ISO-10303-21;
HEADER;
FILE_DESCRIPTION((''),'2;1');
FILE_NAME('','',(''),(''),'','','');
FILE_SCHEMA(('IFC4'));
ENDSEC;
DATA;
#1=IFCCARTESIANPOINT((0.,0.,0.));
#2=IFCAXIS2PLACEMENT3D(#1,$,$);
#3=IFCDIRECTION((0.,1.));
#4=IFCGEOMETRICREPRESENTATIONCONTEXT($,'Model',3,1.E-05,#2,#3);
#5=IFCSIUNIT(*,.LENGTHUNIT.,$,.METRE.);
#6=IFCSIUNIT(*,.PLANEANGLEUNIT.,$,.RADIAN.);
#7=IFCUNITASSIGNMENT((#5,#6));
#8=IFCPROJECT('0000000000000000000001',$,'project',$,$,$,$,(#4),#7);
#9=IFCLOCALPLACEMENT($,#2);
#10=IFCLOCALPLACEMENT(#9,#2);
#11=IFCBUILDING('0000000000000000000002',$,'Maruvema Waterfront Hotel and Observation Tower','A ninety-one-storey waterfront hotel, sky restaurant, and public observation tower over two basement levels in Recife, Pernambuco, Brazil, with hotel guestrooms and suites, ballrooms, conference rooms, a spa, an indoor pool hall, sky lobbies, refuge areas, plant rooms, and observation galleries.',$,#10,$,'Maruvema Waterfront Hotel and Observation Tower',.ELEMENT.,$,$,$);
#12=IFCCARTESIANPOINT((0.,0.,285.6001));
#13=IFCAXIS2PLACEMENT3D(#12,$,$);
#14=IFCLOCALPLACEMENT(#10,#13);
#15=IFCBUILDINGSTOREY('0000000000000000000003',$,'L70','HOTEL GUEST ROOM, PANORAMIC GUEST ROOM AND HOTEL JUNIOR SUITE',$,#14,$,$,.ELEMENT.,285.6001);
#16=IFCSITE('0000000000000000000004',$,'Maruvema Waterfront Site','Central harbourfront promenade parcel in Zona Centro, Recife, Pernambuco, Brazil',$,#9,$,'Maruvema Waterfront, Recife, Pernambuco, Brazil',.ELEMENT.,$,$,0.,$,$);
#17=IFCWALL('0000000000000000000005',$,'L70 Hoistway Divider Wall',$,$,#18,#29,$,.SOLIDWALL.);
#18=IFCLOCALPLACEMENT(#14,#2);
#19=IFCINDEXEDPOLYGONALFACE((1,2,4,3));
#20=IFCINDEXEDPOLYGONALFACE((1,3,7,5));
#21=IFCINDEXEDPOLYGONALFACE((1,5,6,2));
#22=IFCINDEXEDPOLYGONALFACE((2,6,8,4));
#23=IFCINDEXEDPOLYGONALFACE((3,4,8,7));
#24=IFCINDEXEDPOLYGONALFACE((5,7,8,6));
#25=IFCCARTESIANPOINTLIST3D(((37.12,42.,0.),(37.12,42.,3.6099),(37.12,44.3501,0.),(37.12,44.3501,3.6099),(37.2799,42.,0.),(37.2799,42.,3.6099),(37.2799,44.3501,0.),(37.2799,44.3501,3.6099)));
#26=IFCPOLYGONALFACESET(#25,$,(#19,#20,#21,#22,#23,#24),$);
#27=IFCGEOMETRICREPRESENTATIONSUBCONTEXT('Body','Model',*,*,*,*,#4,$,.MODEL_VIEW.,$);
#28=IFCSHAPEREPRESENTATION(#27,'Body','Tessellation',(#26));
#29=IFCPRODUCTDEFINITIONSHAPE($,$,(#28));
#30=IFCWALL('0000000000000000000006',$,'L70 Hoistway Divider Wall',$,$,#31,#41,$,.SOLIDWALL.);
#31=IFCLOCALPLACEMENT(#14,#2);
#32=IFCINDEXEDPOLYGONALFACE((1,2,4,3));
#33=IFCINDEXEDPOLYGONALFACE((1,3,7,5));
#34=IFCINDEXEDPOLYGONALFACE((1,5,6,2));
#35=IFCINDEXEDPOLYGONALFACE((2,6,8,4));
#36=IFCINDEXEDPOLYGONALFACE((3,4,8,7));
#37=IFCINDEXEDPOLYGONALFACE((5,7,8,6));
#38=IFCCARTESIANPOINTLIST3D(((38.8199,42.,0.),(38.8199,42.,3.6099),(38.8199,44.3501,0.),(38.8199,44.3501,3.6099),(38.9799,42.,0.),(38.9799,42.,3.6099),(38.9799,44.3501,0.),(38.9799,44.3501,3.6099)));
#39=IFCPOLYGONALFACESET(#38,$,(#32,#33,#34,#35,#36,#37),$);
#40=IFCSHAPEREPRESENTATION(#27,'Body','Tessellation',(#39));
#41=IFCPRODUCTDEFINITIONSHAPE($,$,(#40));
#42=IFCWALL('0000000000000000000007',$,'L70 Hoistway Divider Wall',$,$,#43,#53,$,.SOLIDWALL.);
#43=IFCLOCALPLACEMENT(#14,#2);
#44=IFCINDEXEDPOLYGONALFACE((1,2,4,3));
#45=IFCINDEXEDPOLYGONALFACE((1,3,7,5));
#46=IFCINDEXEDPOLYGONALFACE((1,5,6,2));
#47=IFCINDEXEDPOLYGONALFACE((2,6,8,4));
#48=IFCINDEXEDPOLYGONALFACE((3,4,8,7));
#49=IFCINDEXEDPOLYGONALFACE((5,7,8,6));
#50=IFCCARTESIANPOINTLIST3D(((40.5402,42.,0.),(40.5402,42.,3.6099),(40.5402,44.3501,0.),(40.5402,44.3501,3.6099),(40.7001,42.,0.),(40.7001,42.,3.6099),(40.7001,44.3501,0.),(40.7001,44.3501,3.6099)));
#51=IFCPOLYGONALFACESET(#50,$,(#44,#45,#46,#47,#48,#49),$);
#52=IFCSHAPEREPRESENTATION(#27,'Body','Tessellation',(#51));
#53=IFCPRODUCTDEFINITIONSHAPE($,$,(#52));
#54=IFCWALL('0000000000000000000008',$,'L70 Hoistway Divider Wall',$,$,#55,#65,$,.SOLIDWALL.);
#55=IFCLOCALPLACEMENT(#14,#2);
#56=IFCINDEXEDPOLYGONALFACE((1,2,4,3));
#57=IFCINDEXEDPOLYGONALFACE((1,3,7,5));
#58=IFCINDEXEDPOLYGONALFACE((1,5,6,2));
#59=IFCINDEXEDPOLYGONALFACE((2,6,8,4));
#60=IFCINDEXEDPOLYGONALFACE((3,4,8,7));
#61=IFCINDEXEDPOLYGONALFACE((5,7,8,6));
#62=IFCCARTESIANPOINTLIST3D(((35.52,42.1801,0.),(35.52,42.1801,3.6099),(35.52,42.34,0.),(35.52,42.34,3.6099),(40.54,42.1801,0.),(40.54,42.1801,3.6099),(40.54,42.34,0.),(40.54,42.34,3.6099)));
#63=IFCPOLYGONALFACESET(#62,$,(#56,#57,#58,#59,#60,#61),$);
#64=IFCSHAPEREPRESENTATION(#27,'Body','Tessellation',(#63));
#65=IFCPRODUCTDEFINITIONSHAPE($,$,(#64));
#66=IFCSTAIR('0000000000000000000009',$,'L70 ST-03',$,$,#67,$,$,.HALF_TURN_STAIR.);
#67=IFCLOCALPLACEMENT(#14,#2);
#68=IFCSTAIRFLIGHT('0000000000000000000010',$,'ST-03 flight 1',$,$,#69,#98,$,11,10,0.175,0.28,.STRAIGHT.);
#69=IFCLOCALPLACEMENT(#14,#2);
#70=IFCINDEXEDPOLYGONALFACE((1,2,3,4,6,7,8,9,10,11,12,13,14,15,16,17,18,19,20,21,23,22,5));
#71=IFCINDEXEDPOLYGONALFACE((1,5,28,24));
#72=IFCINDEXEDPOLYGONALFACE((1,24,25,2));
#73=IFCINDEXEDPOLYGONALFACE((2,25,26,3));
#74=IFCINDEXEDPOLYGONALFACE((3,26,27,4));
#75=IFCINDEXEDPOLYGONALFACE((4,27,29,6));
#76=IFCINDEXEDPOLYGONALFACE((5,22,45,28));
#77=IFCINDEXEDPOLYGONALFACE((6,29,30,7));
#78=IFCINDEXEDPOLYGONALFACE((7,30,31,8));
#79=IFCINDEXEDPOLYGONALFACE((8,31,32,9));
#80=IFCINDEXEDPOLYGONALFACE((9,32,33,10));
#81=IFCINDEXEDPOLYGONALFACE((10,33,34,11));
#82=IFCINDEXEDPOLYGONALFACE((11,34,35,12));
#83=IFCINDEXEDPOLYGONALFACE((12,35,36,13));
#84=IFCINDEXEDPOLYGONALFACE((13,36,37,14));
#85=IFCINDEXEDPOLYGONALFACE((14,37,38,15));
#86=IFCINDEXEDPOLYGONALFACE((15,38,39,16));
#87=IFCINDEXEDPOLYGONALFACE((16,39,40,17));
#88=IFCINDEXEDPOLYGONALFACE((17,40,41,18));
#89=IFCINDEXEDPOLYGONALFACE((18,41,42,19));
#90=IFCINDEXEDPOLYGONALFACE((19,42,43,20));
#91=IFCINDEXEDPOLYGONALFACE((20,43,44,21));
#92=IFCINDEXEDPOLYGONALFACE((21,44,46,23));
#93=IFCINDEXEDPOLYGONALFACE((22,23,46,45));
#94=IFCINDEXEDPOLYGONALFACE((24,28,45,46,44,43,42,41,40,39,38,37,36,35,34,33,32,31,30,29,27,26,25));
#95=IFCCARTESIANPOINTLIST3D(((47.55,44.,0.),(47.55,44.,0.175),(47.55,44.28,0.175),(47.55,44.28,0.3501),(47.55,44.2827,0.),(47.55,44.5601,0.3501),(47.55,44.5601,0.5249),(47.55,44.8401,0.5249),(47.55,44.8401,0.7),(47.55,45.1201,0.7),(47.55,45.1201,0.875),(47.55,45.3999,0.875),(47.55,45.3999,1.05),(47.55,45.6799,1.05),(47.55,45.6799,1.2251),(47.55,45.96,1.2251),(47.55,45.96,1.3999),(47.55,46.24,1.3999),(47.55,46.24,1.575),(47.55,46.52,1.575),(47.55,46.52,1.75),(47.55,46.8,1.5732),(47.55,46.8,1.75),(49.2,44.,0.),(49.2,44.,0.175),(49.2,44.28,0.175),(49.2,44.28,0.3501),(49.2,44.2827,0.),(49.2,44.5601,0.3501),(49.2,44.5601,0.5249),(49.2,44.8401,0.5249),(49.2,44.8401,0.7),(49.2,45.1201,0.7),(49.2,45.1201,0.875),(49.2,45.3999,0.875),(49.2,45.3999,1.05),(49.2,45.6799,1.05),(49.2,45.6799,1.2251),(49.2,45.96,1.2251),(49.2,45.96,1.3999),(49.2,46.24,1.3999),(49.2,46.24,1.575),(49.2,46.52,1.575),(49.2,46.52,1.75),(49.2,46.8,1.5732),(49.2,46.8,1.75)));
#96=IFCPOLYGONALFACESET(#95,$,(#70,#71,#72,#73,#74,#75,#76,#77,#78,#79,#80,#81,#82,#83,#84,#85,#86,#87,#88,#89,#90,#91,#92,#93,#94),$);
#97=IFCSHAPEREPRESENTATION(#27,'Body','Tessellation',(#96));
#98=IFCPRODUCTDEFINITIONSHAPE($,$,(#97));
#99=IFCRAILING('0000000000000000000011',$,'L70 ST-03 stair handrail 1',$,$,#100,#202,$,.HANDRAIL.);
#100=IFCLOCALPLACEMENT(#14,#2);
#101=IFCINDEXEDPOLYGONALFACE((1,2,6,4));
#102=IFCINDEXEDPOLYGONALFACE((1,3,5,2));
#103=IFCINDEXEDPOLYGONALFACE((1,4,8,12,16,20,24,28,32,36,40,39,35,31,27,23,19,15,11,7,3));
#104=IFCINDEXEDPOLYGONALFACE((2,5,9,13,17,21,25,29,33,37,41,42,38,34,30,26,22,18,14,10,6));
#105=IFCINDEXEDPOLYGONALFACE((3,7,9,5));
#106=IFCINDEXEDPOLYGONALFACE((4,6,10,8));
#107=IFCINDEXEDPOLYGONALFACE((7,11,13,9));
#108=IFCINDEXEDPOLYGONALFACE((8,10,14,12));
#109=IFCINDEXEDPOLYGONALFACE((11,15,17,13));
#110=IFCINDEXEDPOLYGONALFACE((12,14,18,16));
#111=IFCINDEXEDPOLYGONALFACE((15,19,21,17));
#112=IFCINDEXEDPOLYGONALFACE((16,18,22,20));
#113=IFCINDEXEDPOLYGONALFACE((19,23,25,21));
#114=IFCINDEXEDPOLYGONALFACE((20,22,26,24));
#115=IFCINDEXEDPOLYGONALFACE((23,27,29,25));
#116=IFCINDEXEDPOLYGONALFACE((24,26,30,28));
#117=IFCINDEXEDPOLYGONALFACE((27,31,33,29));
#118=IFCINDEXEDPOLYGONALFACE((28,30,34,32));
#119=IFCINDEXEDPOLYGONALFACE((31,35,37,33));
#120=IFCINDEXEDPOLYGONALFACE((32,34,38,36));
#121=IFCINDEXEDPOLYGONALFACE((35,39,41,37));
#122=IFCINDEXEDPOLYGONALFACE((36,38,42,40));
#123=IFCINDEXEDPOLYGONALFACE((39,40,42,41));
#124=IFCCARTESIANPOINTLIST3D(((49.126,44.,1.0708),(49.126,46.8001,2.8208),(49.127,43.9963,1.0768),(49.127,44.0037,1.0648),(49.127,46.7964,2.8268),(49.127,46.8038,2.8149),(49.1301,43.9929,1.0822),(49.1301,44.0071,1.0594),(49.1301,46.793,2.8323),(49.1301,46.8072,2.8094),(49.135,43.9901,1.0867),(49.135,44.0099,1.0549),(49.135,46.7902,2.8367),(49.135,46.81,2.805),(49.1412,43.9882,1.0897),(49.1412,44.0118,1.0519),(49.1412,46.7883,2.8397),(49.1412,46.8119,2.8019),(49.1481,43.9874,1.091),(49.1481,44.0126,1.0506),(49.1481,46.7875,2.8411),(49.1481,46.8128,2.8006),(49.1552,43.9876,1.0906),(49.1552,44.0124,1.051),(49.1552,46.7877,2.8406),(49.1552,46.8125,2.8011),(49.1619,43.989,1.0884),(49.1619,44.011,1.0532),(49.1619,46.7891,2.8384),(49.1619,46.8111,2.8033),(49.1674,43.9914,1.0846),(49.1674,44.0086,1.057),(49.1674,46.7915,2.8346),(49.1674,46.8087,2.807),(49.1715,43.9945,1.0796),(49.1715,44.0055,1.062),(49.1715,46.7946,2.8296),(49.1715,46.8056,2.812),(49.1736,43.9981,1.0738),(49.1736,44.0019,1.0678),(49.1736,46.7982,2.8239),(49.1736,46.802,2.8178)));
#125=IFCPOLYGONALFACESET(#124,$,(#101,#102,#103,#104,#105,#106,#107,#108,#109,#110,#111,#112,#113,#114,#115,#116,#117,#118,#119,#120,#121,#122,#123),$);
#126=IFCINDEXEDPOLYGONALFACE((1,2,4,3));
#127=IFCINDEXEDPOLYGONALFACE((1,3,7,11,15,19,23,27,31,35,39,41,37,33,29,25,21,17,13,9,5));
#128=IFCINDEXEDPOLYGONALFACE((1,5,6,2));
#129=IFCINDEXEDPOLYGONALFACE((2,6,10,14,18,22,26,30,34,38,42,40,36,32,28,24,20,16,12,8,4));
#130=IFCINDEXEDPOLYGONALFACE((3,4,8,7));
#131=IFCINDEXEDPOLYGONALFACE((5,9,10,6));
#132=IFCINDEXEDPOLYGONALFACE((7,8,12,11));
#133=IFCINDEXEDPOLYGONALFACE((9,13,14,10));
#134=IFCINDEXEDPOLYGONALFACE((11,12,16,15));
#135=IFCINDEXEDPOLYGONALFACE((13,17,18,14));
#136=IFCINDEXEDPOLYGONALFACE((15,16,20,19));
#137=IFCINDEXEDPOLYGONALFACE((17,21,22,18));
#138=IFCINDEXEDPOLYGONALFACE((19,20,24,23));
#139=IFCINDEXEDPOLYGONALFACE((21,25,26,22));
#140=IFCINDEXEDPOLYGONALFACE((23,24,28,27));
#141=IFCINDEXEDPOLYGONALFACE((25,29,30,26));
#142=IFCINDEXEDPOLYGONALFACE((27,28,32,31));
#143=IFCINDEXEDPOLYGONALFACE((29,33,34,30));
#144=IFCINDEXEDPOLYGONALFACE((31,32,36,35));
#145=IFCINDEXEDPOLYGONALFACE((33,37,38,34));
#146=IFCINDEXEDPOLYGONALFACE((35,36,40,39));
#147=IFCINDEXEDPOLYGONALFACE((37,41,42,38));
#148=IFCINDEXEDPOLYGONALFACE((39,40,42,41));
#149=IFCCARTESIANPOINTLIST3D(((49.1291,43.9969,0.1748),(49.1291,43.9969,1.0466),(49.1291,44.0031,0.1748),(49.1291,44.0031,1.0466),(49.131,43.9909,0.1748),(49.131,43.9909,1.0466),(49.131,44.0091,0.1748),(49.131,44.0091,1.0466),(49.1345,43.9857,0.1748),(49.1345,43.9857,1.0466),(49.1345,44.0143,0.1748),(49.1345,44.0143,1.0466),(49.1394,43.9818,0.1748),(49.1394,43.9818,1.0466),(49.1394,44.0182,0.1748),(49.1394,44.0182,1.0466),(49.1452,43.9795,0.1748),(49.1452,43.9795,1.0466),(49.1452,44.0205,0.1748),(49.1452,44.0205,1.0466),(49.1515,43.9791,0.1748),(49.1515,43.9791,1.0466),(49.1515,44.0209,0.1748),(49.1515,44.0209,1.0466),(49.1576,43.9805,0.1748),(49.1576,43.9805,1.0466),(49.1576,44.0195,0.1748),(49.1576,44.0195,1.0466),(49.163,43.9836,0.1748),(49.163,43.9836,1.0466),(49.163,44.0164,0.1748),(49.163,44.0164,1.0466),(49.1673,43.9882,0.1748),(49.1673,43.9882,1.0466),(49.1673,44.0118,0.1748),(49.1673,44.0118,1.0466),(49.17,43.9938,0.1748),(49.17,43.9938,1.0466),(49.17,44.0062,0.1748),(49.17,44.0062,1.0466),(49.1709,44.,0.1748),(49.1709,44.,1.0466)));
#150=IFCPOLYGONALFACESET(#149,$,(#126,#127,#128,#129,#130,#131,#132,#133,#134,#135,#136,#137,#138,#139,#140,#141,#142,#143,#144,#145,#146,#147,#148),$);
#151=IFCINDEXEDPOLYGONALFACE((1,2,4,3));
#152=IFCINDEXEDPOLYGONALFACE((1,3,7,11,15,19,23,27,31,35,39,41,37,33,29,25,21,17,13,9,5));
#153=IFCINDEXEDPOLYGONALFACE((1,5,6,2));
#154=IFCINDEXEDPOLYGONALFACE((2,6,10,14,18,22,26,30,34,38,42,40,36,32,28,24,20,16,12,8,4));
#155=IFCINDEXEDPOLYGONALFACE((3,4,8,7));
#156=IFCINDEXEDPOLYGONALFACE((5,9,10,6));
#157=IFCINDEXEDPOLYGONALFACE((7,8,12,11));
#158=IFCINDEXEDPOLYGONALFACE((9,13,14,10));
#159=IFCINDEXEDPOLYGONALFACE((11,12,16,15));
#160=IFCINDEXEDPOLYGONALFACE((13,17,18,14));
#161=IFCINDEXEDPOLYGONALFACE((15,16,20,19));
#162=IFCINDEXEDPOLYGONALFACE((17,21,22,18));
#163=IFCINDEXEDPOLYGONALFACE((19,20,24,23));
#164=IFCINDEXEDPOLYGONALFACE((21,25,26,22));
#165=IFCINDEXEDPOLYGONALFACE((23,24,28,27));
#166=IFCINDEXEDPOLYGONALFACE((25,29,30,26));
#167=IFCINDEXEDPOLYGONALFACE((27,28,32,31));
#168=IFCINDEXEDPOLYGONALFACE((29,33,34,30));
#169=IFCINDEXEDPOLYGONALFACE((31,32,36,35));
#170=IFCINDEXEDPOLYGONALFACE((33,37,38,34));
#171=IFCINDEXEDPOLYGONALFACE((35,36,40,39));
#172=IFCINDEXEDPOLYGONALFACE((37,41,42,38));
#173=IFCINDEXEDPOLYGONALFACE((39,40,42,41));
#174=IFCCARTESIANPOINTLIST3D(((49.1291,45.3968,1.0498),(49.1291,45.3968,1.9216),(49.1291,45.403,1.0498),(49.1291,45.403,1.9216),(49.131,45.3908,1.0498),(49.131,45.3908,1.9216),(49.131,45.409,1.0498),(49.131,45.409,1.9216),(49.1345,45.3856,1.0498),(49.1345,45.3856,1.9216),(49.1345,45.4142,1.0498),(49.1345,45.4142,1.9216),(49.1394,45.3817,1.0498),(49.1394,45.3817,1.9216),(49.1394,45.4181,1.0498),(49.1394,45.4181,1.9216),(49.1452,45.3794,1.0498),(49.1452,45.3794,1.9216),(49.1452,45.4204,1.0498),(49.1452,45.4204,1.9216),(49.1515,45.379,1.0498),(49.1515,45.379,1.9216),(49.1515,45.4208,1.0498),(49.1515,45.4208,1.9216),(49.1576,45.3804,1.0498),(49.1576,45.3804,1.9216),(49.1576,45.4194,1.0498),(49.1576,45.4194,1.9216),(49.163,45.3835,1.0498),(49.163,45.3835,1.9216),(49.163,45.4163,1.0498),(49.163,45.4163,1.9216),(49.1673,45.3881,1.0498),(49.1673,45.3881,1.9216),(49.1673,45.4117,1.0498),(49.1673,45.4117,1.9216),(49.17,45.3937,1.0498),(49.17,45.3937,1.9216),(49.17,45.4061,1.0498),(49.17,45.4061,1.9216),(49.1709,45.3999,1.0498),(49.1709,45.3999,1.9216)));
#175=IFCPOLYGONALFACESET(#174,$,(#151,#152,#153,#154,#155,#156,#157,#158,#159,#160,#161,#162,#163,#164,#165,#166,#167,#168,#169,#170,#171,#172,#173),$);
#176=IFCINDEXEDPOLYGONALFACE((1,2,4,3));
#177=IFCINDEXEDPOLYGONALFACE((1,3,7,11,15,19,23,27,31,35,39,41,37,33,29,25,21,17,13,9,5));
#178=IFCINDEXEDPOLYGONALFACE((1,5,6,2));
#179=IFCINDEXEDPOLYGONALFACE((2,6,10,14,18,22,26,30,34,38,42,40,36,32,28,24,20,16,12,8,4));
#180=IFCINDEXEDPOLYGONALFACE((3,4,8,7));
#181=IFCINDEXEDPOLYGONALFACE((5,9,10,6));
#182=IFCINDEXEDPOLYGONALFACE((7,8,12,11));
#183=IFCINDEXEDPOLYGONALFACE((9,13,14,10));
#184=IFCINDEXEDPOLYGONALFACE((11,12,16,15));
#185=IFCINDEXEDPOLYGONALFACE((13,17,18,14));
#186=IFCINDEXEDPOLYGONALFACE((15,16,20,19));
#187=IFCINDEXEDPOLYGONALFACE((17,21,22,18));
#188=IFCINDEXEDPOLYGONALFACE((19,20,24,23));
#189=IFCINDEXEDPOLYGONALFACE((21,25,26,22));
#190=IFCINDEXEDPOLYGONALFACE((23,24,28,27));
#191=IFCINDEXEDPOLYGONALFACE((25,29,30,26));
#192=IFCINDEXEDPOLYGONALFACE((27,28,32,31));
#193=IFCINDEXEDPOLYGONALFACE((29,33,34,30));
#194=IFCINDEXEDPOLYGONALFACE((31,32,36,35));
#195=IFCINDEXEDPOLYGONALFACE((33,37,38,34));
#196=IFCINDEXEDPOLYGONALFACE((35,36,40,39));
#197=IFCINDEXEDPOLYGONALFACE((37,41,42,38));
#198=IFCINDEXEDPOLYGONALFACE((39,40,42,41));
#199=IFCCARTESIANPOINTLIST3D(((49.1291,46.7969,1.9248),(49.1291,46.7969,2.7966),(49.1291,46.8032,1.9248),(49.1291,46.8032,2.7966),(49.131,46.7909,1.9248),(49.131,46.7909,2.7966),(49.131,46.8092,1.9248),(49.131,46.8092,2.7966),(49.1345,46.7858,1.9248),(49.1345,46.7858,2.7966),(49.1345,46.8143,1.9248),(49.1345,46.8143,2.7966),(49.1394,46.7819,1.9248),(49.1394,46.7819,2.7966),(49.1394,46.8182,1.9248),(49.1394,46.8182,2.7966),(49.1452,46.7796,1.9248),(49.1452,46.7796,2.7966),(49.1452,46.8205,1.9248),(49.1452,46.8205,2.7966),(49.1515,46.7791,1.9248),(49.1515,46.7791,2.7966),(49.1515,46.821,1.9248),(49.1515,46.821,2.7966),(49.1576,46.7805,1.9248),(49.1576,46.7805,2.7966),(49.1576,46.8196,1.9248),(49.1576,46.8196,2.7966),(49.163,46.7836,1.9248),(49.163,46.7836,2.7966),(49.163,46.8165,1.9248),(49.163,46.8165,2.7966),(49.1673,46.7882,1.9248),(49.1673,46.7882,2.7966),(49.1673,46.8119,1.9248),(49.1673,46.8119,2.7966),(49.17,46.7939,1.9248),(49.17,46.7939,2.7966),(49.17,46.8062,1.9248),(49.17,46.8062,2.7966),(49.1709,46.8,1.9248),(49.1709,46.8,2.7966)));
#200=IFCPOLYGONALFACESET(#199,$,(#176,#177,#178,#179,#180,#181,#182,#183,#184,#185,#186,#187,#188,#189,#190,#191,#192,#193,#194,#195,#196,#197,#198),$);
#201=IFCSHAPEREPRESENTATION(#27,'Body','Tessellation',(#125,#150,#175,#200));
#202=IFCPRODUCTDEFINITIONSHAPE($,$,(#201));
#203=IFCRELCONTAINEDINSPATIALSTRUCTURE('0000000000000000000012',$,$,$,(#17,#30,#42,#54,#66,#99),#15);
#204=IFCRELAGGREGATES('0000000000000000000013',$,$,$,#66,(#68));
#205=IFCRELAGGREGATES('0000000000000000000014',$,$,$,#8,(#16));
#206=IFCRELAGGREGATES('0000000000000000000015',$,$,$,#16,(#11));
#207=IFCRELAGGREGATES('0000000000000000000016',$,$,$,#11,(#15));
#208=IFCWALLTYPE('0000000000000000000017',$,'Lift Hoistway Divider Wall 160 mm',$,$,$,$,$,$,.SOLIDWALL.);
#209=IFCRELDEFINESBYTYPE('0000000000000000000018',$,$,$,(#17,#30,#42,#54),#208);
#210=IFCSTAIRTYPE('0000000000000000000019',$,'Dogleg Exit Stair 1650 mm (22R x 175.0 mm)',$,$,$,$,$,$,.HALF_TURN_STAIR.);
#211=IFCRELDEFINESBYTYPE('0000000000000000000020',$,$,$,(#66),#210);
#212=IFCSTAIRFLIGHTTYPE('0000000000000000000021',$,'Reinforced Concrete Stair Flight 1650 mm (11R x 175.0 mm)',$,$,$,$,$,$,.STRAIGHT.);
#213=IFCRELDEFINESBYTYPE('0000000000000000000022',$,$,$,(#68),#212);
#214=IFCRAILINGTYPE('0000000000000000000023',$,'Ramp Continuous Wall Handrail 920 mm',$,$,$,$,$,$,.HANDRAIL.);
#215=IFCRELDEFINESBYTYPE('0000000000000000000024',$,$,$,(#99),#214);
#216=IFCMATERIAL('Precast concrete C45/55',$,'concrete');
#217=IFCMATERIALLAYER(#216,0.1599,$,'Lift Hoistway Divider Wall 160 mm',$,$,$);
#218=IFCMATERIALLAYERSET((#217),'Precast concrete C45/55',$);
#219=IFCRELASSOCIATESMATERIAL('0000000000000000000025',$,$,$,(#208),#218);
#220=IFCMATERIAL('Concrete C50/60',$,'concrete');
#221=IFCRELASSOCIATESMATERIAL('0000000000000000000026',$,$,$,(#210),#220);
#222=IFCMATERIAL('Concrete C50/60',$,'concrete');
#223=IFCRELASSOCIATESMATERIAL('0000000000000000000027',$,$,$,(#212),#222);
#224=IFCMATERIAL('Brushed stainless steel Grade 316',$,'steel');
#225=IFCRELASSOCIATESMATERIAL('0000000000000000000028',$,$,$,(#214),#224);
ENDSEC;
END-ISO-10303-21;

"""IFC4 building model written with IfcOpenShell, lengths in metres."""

from ifc_helpers import new_model, si_unit, direction, frame, frame_2d, origin, origin_2d, place, context, subcontext, project, spatial, polyline, rectangle, circle, outline, extrude, material, layer, layer_set, type_object, element, aggregate, save


model = new_model("IFC4")

# Units and contexts
model_context = context("Model", 3, precision=1e-05, world=origin(), true_north=direction((0.0, 1.0)))
body_context = subcontext(model_context, "Body", "Model", "MODEL_VIEW")
ifc_project = project(units=[si_unit("LENGTHUNIT", "METRE"), si_unit("PLANEANGLEUNIT", "RADIAN")], contexts=[model_context])

# Site, building, storey
site_placement = place(None, origin())
site = spatial("IfcSite", under=ifc_project, at=site_placement, Name="Maruvema Waterfront Site", Description="Central harbourfront promenade parcel in Zona Centro, Recife, Pernambuco, Brazil", LongName="Maruvema Waterfront, Recife, Pernambuco, Brazil", CompositionType="ELEMENT", RefElevation=0.0)
building_placement = place(site_placement, origin())
building = spatial("IfcBuilding", under=site, at=building_placement, Name="Maruvema Waterfront Hotel and Observation Tower", Description="A ninety-one-storey waterfront hotel, sky restaurant, and public observation tower over two basement levels in Recife, Pernambuco, Brazil, with hotel guestrooms and suites, ballrooms, conference rooms, a spa, an indoor pool hall, sky lobbies, refuge areas, plant rooms, and observation galleries.", LongName="Maruvema Waterfront Hotel and Observation Tower", CompositionType="ELEMENT")
storey_placement = place(building_placement, frame((0.0, 0.0, 285.6001)))
storey = spatial("IfcBuildingStorey", under=building, at=storey_placement, Name="L70", Description="HOTEL GUEST ROOM, PANORAMIC GUEST ROOM AND HOTEL JUNIOR SUITE", CompositionType="ELEMENT", Elevation=285.6001)

# Walls
ifc_material_1 = material(Name="Precast concrete C45/55", Category="concrete")
ifc_layer_1 = layer(ifc_material_1, 0.1599, Name="Lift Hoistway Divider Wall 160 mm")
ifc_layer_set_1 = layer_set([ifc_layer_1], Name="Precast concrete C45/55")
wall_type_1 = type_object("IfcWallType", Name="Lift Hoistway Divider Wall 160 mm", PredefinedType="SOLIDWALL", material=ifc_layer_set_1)
for number, where, z_axis, x_axis, name in (
    (1, (37.2, 42.0, 0.0), (0.0, 0.0, 1.0), (0.0, 1.0, 0.0), "L70 Hoistway Divider Wall"),
    (2, (38.8999, 42.0, 0.0), (0.0, 0.0, 1.0), (0.0, 1.0, 0.0), "L70 Hoistway Divider Wall"),
    (3, (40.6201, 42.0, 0.0), (0.0, 0.0, 1.0), (0.0, 1.0, 0.0), "L70 Hoistway Divider Wall"),
):
    element("IfcWall", number, at=place(storey_placement, frame(where, z_axis=z_axis, x_axis=x_axis)), inside=storey, type_object=wall_type_1, Name=name, PredefinedType="SOLIDWALL", context=body_context, shape_type="SweptSolid", body=[
        extrude(rectangle(XDim=2.3501, YDim=0.1599, at=frame_2d((1.175, 0.0))), origin(), (0.0, 0.0, 1.0), 3.6099),
    ])
wall_1_placement = place(storey_placement, frame((35.52, 42.26, 0.0), z_axis=(0.0, 0.0, 1.0), x_axis=(1.0, 0.0, 0.0)))
element("IfcWall", 4, at=wall_1_placement, inside=storey, type_object=wall_type_1, Name="L70 Hoistway Divider Wall", PredefinedType="SOLIDWALL", context=body_context, shape_type="SweptSolid", body=[
    extrude(rectangle(XDim=5.02, YDim=0.1599, at=frame_2d((2.51, 0.0))), origin(), (0.0, 0.0, 1.0), 3.6099),
])

# Stair, stair flight
ifc_material_2 = material(Name="Concrete C50/60", Category="concrete")
stair_type = type_object("IfcStairType", Name="Dogleg Exit Stair 1650 mm (22R x 175.0 mm)", PredefinedType="HALF_TURN_STAIR", material=ifc_material_2)
stair_placement = place(storey_placement, origin())
stair = element("IfcStair", 5, at=stair_placement, inside=storey, type_object=stair_type, Name="L70 ST-03", PredefinedType="HALF_TURN_STAIR")
ifc_material_3 = material(Name="Concrete C50/60", Category="concrete")
stair_flight_type = type_object("IfcStairFlightType", Name="Reinforced Concrete Stair Flight 1650 mm (11R x 175.0 mm)", PredefinedType="STRAIGHT", material=ifc_material_3)
stair_flight_placement = place(storey_placement, frame((48.375, 44.0, 0.0), z_axis=(0.0, 0.0, 1.0), x_axis=(0.0, 1.0, 0.0)))
stair_flight = element("IfcStairFlight", 6, at=stair_flight_placement, type_object=stair_flight_type, Name="ST-03 flight 1", NumberOfRisers=11, NumberOfTreads=10, PredefinedType="STRAIGHT", RiserHeight=0.175, TreadLength=0.28, context=body_context, shape_type="SweptSolid", body=[
    extrude(outline(polyline([(0.0, 0.0), (0.0, 0.175), (0.28, 0.175), (0.28, 0.3501), (0.5601, 0.3501), (0.5601, 0.5249), (0.8401, 0.5249), (0.8401, 0.7), (1.1201, 0.7), (1.1201, 0.875), (1.3999, 0.875), (1.3999, 1.05), (1.6799, 1.05), (1.6799, 1.2251), (1.96, 1.2251), (1.96, 1.3999), (2.24, 1.3999), (2.24, 1.575), (2.52, 1.575), (2.52, 1.75), (2.8, 1.75), (2.8, 1.925), (2.8, 1.5732), (0.2827, 0.0), (0.0, 0.0)])), frame((0.0, 0.825, 0.0), z_axis=(0.0, -1.0, 0.0), x_axis=(1.0, 0.0, 0.0)), (0.0, 0.0, 1.0), 1.6499),
])
aggregate(stair, [stair_flight])

# Railing
ifc_material_4 = material(Name="Brushed stainless steel Grade 316", Category="steel")
railing_type_1 = type_object("IfcRailingType", Name="Ramp Continuous Wall Handrail 920 mm", PredefinedType="HANDRAIL", material=ifc_material_4)
railing_1_placement = place(storey_placement, frame((49.1499, 44.0, 0.1748)))
element("IfcRailing", 7, at=railing_1_placement, inside=storey, type_object=railing_type_1, Name="L70 ST-03 stair handrail 1", PredefinedType="HANDRAIL", context=body_context, shape_type="SweptSolid", body=[
    extrude(circle(Radius=0.0239, at=origin_2d()), frame((0.0, 0.0, 0.896), z_axis=(0.0, 0.848002, 0.529992), x_axis=(-1.0, 0.0, 0.0)), (0.0, 0.0, 1.0), 3.302),
    extrude(circle(Radius=0.021, at=origin_2d()), origin(), (0.0, 0.0, 1.0), 0.8718),
    extrude(circle(Radius=0.021, at=origin_2d()), frame((0.0, 1.3999, 0.875)), (0.0, 0.0, 1.0), 0.8718),
    extrude(circle(Radius=0.021, at=origin_2d()), frame((0.0, 2.8, 1.75)), (0.0, 0.0, 1.0), 0.8718),
])

save(model, "model.ifc")
